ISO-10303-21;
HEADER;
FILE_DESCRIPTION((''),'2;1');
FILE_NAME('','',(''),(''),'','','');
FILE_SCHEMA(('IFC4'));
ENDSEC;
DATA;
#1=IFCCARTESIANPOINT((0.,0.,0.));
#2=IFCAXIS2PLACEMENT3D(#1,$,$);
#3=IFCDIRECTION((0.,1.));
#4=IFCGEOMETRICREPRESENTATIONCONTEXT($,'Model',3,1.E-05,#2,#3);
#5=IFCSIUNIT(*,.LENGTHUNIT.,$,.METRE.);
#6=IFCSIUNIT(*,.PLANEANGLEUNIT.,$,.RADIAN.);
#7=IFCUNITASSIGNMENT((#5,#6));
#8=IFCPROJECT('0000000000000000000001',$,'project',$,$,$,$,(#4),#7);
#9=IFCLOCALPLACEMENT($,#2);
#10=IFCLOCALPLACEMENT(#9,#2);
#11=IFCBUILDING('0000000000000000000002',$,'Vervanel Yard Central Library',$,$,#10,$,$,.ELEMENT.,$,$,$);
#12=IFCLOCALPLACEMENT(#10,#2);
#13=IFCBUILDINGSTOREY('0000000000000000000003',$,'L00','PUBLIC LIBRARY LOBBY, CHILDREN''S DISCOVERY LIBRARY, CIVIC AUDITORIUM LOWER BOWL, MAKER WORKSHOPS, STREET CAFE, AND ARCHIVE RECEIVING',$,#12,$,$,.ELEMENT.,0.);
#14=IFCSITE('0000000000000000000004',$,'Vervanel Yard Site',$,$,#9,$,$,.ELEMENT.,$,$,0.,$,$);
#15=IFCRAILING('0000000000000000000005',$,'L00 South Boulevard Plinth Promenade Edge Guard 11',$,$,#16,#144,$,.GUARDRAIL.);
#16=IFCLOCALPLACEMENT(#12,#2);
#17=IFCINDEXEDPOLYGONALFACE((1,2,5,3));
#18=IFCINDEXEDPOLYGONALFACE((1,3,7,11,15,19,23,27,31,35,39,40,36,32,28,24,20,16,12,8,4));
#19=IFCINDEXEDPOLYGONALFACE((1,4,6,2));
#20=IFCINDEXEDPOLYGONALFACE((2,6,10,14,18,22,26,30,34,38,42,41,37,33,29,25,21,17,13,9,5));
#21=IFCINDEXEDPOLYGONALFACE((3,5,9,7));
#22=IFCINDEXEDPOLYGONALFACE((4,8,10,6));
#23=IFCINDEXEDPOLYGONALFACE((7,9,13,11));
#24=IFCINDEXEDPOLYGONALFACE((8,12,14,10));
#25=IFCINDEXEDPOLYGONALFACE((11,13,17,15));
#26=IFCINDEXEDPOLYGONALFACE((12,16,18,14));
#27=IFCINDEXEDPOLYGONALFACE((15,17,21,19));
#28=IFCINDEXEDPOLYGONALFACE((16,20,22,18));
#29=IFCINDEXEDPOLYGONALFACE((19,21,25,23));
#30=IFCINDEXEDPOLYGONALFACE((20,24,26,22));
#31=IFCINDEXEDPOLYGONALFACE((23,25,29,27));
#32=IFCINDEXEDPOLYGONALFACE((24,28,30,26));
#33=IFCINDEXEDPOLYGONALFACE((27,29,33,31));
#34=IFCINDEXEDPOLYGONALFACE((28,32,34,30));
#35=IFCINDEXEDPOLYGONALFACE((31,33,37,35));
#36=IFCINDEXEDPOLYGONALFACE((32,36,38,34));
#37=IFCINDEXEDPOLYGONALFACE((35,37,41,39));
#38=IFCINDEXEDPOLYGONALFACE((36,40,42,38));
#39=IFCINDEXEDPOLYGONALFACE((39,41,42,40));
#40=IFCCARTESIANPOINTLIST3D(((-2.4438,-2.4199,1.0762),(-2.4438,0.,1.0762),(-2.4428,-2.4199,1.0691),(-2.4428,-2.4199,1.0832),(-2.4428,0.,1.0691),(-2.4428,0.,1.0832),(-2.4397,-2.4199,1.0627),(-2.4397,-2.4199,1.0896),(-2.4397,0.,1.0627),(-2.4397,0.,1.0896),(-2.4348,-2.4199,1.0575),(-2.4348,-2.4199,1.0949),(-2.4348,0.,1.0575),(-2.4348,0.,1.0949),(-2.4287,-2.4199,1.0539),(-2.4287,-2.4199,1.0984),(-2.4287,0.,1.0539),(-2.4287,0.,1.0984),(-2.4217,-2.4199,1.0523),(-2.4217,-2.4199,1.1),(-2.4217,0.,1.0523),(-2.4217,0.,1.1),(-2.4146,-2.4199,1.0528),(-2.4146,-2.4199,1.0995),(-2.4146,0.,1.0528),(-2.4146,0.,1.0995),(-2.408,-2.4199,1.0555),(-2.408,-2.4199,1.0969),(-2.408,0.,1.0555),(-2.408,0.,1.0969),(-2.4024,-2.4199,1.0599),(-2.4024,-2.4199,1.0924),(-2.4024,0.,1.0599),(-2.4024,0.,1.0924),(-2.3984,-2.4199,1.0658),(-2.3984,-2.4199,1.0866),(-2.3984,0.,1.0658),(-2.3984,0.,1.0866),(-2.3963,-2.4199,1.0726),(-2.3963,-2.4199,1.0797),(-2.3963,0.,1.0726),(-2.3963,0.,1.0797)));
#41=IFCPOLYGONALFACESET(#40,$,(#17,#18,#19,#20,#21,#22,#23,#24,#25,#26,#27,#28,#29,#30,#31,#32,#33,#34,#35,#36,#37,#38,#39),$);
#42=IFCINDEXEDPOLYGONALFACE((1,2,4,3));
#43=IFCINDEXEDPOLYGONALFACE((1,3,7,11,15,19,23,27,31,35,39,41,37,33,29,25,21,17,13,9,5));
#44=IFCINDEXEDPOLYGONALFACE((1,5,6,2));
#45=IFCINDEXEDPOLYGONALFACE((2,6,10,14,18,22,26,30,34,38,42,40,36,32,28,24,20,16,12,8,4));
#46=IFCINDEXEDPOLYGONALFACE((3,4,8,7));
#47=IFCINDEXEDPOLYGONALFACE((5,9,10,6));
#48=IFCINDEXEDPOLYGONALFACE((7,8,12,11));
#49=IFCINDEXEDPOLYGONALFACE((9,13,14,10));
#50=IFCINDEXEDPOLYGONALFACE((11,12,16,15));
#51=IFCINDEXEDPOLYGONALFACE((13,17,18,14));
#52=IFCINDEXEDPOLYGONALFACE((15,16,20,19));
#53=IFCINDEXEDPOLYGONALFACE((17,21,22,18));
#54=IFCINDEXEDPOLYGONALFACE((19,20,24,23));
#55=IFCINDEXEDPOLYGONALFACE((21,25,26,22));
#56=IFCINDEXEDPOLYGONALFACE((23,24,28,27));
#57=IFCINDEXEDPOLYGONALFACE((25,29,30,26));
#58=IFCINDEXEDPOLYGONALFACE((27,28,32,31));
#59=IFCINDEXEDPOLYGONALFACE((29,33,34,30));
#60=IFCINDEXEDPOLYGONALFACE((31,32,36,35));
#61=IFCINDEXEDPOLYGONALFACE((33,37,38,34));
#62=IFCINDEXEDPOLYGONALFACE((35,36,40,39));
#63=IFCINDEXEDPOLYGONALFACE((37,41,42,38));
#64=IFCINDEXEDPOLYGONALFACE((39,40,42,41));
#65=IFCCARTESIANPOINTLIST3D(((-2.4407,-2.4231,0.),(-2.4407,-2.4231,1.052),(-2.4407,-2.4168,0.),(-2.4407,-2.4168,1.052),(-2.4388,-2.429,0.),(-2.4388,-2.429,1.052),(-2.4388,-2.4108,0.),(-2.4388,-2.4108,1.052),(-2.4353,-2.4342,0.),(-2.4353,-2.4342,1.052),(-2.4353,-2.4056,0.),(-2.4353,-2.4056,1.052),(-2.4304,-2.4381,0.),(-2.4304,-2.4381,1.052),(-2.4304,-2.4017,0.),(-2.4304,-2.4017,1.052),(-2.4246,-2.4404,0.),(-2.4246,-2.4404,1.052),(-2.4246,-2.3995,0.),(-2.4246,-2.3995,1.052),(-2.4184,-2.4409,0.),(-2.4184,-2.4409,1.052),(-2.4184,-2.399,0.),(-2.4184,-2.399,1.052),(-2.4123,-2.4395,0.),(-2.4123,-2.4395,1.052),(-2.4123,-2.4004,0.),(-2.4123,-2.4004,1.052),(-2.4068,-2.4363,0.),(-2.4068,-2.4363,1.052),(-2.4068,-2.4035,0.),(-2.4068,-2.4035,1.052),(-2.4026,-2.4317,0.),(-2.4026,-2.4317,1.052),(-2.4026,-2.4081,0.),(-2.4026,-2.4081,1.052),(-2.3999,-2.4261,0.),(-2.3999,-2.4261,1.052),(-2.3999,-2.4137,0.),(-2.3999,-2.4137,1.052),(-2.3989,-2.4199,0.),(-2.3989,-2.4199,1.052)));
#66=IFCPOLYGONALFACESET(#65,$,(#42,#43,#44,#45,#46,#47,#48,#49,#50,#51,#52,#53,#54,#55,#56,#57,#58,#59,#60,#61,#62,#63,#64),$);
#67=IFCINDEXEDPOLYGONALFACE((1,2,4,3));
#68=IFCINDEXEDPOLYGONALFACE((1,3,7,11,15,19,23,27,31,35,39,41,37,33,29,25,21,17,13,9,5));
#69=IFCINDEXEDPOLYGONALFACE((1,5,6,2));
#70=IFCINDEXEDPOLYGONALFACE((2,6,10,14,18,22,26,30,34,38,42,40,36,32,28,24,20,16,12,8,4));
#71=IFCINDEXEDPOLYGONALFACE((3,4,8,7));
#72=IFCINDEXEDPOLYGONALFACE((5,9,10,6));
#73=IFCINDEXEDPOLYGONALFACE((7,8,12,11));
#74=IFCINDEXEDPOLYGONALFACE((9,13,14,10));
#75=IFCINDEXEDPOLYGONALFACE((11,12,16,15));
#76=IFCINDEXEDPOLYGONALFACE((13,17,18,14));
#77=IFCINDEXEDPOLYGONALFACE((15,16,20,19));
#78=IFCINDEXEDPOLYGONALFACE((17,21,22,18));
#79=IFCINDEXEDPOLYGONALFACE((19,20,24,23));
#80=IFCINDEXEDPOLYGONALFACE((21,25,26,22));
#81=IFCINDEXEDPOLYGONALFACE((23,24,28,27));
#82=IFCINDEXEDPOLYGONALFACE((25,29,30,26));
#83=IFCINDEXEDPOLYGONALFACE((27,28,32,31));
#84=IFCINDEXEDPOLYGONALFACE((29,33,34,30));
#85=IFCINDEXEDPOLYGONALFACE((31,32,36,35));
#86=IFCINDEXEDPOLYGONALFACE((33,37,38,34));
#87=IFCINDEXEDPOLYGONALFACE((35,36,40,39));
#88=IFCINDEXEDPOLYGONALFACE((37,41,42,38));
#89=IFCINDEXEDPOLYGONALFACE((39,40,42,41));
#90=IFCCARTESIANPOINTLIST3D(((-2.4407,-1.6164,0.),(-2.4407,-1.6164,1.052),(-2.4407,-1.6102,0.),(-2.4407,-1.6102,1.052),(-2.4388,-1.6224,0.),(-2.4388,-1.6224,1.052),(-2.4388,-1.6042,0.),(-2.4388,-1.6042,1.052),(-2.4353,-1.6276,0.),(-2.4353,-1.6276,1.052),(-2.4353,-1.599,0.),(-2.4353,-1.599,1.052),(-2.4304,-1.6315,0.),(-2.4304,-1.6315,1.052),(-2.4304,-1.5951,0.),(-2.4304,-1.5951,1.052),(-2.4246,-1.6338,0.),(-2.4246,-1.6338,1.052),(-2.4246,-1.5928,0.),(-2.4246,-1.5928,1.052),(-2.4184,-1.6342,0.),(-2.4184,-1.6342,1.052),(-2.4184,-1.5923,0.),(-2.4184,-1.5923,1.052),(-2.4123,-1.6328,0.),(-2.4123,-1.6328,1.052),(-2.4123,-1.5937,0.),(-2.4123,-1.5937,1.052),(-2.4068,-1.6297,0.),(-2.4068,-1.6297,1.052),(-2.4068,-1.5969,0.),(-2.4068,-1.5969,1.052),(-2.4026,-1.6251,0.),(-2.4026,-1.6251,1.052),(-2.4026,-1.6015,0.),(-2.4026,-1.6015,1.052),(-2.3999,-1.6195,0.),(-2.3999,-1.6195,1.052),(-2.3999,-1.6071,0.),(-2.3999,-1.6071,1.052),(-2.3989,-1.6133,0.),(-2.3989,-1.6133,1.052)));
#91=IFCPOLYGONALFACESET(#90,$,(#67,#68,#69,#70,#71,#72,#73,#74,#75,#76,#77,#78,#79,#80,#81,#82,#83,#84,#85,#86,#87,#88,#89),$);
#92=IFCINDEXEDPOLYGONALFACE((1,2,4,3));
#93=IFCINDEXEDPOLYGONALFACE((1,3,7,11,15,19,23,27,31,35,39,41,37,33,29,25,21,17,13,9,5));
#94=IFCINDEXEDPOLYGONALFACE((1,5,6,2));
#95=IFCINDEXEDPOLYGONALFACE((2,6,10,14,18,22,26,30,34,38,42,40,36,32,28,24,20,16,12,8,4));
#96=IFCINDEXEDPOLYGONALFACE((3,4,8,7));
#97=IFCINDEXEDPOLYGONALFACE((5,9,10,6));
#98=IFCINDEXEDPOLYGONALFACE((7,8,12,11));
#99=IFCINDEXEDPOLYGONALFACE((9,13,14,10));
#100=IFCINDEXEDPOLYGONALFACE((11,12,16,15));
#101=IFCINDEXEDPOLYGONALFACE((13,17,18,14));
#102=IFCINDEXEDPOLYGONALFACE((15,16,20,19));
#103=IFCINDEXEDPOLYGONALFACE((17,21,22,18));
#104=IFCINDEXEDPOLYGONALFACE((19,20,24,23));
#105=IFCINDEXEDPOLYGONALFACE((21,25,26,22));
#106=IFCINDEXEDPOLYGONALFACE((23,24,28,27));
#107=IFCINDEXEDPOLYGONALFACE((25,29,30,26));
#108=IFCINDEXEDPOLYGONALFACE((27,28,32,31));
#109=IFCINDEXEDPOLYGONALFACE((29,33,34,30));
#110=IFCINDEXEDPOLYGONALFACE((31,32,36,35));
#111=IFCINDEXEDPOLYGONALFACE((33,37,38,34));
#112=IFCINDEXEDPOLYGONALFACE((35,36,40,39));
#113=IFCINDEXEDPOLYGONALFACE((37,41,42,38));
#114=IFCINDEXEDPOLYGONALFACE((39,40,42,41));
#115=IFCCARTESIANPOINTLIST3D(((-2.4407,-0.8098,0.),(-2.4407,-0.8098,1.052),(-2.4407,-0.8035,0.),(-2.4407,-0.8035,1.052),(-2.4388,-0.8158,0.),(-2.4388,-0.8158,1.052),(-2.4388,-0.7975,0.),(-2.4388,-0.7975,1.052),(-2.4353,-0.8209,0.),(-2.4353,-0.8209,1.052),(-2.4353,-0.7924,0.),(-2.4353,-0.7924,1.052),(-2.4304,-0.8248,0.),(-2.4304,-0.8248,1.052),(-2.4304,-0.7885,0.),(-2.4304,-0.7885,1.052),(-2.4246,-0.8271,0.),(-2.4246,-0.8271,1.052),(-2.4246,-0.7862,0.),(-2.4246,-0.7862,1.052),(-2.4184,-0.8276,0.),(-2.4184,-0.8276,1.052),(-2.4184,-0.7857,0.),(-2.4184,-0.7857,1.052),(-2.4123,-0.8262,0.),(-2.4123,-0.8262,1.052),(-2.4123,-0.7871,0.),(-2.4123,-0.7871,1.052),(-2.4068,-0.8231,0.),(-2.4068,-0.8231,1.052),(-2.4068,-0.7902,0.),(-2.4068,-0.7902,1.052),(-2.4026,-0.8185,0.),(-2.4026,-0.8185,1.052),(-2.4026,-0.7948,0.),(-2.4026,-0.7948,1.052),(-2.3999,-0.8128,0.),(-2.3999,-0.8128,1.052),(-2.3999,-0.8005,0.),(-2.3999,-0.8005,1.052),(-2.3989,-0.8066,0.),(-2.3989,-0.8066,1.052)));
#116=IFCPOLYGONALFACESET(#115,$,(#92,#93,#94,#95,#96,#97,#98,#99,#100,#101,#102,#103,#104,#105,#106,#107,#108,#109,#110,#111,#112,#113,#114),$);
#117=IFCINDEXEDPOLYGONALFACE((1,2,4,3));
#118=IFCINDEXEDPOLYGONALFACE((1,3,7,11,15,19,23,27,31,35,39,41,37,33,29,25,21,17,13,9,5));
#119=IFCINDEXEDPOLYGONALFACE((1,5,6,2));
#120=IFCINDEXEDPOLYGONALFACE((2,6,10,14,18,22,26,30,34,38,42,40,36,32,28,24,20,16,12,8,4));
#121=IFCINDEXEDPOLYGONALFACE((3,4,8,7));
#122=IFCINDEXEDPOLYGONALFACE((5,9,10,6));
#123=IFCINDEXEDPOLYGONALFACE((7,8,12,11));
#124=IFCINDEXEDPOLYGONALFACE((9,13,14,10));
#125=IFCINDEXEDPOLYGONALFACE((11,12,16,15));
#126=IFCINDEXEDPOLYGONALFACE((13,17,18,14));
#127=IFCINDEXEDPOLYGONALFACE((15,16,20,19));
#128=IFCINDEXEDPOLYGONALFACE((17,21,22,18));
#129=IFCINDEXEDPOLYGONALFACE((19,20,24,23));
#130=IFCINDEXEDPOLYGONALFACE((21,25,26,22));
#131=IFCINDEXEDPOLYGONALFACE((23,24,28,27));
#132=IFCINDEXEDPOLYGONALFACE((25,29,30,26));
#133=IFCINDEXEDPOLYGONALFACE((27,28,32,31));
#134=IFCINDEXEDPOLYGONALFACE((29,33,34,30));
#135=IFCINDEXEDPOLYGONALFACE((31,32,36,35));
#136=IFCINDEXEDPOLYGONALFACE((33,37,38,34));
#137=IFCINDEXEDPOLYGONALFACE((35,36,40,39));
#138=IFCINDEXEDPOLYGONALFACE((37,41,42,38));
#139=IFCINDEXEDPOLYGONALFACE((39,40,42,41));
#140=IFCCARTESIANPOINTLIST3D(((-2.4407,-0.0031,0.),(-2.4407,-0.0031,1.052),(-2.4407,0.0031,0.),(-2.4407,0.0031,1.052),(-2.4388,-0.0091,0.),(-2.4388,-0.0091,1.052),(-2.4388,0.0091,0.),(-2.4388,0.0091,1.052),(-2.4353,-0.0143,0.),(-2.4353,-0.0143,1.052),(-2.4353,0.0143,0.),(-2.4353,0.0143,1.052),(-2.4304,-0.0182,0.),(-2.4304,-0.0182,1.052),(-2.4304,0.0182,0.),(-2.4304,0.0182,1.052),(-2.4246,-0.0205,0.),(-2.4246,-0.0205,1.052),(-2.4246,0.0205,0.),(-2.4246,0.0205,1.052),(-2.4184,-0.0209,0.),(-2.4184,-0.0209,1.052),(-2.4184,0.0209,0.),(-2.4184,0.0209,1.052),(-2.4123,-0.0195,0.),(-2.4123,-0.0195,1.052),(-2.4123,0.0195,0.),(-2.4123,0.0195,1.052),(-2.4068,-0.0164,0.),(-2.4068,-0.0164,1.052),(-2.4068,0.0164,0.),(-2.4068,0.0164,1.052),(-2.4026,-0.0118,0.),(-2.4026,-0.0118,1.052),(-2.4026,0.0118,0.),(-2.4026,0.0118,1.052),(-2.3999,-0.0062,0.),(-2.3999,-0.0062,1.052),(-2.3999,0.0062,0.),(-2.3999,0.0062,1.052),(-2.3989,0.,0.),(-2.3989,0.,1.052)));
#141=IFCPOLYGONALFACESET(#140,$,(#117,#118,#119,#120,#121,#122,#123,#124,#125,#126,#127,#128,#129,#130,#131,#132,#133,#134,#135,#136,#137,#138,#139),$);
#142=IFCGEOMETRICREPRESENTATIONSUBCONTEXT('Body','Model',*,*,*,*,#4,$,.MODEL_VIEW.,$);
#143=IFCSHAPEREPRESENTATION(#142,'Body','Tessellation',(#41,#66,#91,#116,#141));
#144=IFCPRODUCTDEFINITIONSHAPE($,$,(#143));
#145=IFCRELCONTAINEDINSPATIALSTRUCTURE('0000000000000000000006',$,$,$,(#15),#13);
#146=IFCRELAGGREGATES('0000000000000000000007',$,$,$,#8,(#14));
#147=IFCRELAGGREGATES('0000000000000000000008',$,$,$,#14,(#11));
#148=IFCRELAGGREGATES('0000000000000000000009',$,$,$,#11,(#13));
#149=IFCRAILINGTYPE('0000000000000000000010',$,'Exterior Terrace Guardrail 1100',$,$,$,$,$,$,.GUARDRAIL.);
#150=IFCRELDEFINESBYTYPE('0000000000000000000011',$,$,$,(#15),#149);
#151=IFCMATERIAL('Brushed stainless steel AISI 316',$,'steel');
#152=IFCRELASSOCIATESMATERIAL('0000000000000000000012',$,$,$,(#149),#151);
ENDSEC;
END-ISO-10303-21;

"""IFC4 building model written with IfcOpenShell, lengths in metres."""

from ifc_helpers import new_model, si_unit, direction, frame, origin, origin_2d, place, context, subcontext, project, spatial, circle, extrude, material, type_object, element, save


model = new_model("IFC4")

# Units and contexts
model_context = context("Model", 3, precision=1e-05, world=origin(), true_north=direction((0.0, 1.0)))
body_context = subcontext(model_context, "Body", "Model", "MODEL_VIEW")
ifc_project = project(units=[si_unit("LENGTHUNIT", "METRE"), si_unit("PLANEANGLEUNIT", "RADIAN")], contexts=[model_context])

# Site, building, storey
site_placement = place(None, origin())
site = spatial("IfcSite", under=ifc_project, at=site_placement, Name="Vervanel Yard Site", CompositionType="ELEMENT", RefElevation=0.0)
building_placement = place(site_placement, origin())
building = spatial("IfcBuilding", under=site, at=building_placement, Name="Vervanel Yard Central Library", CompositionType="ELEMENT")
storey_placement = place(building_placement, origin())
storey = spatial("IfcBuildingStorey", under=building, at=storey_placement, Name="L00", Description="PUBLIC LIBRARY LOBBY, CHILDREN'S DISCOVERY LIBRARY, CIVIC AUDITORIUM LOWER BOWL, MAKER WORKSHOPS, STREET CAFE, AND ARCHIVE RECEIVING", CompositionType="ELEMENT", Elevation=0.0)

# Railing
ifc_material_1 = material(Name="Brushed stainless steel AISI 316", Category="steel")
railing_type = type_object("IfcRailingType", Name="Exterior Terrace Guardrail 1100", PredefinedType="GUARDRAIL", material=ifc_material_1)
railing_1_placement = place(storey_placement, frame((-2.4199, -2.4199, 0.0)))
element("IfcRailing", 1, at=railing_1_placement, inside=storey, type_object=railing_type, Name="L00 South Boulevard Plinth Promenade Edge Guard 11", PredefinedType="GUARDRAIL", context=body_context, shape_type="SweptSolid", body=[
    extrude(circle(Radius=0.0239, at=origin_2d()), frame((0.0, 0.0, 1.0762), z_axis=(0.0, 1.0, 0.0), x_axis=(-1.0, 0.0, 0.0)), (0.0, 0.0, 1.0), 2.4199),
    extrude(circle(Radius=0.021, at=origin_2d()), origin(), (0.0, 0.0, 1.0), 1.052),
    extrude(circle(Radius=0.021, at=origin_2d()), frame((0.0, 0.8066, 0.0)), (0.0, 0.0, 1.0), 1.052),
    extrude(circle(Radius=0.021, at=origin_2d()), frame((0.0, 1.6133, 0.0)), (0.0, 0.0, 1.0), 1.052),
    extrude(circle(Radius=0.021, at=origin_2d()), frame((0.0, 2.4199, 0.0)), (0.0, 0.0, 1.0), 1.052),
])

save(model, "model.ifc")
